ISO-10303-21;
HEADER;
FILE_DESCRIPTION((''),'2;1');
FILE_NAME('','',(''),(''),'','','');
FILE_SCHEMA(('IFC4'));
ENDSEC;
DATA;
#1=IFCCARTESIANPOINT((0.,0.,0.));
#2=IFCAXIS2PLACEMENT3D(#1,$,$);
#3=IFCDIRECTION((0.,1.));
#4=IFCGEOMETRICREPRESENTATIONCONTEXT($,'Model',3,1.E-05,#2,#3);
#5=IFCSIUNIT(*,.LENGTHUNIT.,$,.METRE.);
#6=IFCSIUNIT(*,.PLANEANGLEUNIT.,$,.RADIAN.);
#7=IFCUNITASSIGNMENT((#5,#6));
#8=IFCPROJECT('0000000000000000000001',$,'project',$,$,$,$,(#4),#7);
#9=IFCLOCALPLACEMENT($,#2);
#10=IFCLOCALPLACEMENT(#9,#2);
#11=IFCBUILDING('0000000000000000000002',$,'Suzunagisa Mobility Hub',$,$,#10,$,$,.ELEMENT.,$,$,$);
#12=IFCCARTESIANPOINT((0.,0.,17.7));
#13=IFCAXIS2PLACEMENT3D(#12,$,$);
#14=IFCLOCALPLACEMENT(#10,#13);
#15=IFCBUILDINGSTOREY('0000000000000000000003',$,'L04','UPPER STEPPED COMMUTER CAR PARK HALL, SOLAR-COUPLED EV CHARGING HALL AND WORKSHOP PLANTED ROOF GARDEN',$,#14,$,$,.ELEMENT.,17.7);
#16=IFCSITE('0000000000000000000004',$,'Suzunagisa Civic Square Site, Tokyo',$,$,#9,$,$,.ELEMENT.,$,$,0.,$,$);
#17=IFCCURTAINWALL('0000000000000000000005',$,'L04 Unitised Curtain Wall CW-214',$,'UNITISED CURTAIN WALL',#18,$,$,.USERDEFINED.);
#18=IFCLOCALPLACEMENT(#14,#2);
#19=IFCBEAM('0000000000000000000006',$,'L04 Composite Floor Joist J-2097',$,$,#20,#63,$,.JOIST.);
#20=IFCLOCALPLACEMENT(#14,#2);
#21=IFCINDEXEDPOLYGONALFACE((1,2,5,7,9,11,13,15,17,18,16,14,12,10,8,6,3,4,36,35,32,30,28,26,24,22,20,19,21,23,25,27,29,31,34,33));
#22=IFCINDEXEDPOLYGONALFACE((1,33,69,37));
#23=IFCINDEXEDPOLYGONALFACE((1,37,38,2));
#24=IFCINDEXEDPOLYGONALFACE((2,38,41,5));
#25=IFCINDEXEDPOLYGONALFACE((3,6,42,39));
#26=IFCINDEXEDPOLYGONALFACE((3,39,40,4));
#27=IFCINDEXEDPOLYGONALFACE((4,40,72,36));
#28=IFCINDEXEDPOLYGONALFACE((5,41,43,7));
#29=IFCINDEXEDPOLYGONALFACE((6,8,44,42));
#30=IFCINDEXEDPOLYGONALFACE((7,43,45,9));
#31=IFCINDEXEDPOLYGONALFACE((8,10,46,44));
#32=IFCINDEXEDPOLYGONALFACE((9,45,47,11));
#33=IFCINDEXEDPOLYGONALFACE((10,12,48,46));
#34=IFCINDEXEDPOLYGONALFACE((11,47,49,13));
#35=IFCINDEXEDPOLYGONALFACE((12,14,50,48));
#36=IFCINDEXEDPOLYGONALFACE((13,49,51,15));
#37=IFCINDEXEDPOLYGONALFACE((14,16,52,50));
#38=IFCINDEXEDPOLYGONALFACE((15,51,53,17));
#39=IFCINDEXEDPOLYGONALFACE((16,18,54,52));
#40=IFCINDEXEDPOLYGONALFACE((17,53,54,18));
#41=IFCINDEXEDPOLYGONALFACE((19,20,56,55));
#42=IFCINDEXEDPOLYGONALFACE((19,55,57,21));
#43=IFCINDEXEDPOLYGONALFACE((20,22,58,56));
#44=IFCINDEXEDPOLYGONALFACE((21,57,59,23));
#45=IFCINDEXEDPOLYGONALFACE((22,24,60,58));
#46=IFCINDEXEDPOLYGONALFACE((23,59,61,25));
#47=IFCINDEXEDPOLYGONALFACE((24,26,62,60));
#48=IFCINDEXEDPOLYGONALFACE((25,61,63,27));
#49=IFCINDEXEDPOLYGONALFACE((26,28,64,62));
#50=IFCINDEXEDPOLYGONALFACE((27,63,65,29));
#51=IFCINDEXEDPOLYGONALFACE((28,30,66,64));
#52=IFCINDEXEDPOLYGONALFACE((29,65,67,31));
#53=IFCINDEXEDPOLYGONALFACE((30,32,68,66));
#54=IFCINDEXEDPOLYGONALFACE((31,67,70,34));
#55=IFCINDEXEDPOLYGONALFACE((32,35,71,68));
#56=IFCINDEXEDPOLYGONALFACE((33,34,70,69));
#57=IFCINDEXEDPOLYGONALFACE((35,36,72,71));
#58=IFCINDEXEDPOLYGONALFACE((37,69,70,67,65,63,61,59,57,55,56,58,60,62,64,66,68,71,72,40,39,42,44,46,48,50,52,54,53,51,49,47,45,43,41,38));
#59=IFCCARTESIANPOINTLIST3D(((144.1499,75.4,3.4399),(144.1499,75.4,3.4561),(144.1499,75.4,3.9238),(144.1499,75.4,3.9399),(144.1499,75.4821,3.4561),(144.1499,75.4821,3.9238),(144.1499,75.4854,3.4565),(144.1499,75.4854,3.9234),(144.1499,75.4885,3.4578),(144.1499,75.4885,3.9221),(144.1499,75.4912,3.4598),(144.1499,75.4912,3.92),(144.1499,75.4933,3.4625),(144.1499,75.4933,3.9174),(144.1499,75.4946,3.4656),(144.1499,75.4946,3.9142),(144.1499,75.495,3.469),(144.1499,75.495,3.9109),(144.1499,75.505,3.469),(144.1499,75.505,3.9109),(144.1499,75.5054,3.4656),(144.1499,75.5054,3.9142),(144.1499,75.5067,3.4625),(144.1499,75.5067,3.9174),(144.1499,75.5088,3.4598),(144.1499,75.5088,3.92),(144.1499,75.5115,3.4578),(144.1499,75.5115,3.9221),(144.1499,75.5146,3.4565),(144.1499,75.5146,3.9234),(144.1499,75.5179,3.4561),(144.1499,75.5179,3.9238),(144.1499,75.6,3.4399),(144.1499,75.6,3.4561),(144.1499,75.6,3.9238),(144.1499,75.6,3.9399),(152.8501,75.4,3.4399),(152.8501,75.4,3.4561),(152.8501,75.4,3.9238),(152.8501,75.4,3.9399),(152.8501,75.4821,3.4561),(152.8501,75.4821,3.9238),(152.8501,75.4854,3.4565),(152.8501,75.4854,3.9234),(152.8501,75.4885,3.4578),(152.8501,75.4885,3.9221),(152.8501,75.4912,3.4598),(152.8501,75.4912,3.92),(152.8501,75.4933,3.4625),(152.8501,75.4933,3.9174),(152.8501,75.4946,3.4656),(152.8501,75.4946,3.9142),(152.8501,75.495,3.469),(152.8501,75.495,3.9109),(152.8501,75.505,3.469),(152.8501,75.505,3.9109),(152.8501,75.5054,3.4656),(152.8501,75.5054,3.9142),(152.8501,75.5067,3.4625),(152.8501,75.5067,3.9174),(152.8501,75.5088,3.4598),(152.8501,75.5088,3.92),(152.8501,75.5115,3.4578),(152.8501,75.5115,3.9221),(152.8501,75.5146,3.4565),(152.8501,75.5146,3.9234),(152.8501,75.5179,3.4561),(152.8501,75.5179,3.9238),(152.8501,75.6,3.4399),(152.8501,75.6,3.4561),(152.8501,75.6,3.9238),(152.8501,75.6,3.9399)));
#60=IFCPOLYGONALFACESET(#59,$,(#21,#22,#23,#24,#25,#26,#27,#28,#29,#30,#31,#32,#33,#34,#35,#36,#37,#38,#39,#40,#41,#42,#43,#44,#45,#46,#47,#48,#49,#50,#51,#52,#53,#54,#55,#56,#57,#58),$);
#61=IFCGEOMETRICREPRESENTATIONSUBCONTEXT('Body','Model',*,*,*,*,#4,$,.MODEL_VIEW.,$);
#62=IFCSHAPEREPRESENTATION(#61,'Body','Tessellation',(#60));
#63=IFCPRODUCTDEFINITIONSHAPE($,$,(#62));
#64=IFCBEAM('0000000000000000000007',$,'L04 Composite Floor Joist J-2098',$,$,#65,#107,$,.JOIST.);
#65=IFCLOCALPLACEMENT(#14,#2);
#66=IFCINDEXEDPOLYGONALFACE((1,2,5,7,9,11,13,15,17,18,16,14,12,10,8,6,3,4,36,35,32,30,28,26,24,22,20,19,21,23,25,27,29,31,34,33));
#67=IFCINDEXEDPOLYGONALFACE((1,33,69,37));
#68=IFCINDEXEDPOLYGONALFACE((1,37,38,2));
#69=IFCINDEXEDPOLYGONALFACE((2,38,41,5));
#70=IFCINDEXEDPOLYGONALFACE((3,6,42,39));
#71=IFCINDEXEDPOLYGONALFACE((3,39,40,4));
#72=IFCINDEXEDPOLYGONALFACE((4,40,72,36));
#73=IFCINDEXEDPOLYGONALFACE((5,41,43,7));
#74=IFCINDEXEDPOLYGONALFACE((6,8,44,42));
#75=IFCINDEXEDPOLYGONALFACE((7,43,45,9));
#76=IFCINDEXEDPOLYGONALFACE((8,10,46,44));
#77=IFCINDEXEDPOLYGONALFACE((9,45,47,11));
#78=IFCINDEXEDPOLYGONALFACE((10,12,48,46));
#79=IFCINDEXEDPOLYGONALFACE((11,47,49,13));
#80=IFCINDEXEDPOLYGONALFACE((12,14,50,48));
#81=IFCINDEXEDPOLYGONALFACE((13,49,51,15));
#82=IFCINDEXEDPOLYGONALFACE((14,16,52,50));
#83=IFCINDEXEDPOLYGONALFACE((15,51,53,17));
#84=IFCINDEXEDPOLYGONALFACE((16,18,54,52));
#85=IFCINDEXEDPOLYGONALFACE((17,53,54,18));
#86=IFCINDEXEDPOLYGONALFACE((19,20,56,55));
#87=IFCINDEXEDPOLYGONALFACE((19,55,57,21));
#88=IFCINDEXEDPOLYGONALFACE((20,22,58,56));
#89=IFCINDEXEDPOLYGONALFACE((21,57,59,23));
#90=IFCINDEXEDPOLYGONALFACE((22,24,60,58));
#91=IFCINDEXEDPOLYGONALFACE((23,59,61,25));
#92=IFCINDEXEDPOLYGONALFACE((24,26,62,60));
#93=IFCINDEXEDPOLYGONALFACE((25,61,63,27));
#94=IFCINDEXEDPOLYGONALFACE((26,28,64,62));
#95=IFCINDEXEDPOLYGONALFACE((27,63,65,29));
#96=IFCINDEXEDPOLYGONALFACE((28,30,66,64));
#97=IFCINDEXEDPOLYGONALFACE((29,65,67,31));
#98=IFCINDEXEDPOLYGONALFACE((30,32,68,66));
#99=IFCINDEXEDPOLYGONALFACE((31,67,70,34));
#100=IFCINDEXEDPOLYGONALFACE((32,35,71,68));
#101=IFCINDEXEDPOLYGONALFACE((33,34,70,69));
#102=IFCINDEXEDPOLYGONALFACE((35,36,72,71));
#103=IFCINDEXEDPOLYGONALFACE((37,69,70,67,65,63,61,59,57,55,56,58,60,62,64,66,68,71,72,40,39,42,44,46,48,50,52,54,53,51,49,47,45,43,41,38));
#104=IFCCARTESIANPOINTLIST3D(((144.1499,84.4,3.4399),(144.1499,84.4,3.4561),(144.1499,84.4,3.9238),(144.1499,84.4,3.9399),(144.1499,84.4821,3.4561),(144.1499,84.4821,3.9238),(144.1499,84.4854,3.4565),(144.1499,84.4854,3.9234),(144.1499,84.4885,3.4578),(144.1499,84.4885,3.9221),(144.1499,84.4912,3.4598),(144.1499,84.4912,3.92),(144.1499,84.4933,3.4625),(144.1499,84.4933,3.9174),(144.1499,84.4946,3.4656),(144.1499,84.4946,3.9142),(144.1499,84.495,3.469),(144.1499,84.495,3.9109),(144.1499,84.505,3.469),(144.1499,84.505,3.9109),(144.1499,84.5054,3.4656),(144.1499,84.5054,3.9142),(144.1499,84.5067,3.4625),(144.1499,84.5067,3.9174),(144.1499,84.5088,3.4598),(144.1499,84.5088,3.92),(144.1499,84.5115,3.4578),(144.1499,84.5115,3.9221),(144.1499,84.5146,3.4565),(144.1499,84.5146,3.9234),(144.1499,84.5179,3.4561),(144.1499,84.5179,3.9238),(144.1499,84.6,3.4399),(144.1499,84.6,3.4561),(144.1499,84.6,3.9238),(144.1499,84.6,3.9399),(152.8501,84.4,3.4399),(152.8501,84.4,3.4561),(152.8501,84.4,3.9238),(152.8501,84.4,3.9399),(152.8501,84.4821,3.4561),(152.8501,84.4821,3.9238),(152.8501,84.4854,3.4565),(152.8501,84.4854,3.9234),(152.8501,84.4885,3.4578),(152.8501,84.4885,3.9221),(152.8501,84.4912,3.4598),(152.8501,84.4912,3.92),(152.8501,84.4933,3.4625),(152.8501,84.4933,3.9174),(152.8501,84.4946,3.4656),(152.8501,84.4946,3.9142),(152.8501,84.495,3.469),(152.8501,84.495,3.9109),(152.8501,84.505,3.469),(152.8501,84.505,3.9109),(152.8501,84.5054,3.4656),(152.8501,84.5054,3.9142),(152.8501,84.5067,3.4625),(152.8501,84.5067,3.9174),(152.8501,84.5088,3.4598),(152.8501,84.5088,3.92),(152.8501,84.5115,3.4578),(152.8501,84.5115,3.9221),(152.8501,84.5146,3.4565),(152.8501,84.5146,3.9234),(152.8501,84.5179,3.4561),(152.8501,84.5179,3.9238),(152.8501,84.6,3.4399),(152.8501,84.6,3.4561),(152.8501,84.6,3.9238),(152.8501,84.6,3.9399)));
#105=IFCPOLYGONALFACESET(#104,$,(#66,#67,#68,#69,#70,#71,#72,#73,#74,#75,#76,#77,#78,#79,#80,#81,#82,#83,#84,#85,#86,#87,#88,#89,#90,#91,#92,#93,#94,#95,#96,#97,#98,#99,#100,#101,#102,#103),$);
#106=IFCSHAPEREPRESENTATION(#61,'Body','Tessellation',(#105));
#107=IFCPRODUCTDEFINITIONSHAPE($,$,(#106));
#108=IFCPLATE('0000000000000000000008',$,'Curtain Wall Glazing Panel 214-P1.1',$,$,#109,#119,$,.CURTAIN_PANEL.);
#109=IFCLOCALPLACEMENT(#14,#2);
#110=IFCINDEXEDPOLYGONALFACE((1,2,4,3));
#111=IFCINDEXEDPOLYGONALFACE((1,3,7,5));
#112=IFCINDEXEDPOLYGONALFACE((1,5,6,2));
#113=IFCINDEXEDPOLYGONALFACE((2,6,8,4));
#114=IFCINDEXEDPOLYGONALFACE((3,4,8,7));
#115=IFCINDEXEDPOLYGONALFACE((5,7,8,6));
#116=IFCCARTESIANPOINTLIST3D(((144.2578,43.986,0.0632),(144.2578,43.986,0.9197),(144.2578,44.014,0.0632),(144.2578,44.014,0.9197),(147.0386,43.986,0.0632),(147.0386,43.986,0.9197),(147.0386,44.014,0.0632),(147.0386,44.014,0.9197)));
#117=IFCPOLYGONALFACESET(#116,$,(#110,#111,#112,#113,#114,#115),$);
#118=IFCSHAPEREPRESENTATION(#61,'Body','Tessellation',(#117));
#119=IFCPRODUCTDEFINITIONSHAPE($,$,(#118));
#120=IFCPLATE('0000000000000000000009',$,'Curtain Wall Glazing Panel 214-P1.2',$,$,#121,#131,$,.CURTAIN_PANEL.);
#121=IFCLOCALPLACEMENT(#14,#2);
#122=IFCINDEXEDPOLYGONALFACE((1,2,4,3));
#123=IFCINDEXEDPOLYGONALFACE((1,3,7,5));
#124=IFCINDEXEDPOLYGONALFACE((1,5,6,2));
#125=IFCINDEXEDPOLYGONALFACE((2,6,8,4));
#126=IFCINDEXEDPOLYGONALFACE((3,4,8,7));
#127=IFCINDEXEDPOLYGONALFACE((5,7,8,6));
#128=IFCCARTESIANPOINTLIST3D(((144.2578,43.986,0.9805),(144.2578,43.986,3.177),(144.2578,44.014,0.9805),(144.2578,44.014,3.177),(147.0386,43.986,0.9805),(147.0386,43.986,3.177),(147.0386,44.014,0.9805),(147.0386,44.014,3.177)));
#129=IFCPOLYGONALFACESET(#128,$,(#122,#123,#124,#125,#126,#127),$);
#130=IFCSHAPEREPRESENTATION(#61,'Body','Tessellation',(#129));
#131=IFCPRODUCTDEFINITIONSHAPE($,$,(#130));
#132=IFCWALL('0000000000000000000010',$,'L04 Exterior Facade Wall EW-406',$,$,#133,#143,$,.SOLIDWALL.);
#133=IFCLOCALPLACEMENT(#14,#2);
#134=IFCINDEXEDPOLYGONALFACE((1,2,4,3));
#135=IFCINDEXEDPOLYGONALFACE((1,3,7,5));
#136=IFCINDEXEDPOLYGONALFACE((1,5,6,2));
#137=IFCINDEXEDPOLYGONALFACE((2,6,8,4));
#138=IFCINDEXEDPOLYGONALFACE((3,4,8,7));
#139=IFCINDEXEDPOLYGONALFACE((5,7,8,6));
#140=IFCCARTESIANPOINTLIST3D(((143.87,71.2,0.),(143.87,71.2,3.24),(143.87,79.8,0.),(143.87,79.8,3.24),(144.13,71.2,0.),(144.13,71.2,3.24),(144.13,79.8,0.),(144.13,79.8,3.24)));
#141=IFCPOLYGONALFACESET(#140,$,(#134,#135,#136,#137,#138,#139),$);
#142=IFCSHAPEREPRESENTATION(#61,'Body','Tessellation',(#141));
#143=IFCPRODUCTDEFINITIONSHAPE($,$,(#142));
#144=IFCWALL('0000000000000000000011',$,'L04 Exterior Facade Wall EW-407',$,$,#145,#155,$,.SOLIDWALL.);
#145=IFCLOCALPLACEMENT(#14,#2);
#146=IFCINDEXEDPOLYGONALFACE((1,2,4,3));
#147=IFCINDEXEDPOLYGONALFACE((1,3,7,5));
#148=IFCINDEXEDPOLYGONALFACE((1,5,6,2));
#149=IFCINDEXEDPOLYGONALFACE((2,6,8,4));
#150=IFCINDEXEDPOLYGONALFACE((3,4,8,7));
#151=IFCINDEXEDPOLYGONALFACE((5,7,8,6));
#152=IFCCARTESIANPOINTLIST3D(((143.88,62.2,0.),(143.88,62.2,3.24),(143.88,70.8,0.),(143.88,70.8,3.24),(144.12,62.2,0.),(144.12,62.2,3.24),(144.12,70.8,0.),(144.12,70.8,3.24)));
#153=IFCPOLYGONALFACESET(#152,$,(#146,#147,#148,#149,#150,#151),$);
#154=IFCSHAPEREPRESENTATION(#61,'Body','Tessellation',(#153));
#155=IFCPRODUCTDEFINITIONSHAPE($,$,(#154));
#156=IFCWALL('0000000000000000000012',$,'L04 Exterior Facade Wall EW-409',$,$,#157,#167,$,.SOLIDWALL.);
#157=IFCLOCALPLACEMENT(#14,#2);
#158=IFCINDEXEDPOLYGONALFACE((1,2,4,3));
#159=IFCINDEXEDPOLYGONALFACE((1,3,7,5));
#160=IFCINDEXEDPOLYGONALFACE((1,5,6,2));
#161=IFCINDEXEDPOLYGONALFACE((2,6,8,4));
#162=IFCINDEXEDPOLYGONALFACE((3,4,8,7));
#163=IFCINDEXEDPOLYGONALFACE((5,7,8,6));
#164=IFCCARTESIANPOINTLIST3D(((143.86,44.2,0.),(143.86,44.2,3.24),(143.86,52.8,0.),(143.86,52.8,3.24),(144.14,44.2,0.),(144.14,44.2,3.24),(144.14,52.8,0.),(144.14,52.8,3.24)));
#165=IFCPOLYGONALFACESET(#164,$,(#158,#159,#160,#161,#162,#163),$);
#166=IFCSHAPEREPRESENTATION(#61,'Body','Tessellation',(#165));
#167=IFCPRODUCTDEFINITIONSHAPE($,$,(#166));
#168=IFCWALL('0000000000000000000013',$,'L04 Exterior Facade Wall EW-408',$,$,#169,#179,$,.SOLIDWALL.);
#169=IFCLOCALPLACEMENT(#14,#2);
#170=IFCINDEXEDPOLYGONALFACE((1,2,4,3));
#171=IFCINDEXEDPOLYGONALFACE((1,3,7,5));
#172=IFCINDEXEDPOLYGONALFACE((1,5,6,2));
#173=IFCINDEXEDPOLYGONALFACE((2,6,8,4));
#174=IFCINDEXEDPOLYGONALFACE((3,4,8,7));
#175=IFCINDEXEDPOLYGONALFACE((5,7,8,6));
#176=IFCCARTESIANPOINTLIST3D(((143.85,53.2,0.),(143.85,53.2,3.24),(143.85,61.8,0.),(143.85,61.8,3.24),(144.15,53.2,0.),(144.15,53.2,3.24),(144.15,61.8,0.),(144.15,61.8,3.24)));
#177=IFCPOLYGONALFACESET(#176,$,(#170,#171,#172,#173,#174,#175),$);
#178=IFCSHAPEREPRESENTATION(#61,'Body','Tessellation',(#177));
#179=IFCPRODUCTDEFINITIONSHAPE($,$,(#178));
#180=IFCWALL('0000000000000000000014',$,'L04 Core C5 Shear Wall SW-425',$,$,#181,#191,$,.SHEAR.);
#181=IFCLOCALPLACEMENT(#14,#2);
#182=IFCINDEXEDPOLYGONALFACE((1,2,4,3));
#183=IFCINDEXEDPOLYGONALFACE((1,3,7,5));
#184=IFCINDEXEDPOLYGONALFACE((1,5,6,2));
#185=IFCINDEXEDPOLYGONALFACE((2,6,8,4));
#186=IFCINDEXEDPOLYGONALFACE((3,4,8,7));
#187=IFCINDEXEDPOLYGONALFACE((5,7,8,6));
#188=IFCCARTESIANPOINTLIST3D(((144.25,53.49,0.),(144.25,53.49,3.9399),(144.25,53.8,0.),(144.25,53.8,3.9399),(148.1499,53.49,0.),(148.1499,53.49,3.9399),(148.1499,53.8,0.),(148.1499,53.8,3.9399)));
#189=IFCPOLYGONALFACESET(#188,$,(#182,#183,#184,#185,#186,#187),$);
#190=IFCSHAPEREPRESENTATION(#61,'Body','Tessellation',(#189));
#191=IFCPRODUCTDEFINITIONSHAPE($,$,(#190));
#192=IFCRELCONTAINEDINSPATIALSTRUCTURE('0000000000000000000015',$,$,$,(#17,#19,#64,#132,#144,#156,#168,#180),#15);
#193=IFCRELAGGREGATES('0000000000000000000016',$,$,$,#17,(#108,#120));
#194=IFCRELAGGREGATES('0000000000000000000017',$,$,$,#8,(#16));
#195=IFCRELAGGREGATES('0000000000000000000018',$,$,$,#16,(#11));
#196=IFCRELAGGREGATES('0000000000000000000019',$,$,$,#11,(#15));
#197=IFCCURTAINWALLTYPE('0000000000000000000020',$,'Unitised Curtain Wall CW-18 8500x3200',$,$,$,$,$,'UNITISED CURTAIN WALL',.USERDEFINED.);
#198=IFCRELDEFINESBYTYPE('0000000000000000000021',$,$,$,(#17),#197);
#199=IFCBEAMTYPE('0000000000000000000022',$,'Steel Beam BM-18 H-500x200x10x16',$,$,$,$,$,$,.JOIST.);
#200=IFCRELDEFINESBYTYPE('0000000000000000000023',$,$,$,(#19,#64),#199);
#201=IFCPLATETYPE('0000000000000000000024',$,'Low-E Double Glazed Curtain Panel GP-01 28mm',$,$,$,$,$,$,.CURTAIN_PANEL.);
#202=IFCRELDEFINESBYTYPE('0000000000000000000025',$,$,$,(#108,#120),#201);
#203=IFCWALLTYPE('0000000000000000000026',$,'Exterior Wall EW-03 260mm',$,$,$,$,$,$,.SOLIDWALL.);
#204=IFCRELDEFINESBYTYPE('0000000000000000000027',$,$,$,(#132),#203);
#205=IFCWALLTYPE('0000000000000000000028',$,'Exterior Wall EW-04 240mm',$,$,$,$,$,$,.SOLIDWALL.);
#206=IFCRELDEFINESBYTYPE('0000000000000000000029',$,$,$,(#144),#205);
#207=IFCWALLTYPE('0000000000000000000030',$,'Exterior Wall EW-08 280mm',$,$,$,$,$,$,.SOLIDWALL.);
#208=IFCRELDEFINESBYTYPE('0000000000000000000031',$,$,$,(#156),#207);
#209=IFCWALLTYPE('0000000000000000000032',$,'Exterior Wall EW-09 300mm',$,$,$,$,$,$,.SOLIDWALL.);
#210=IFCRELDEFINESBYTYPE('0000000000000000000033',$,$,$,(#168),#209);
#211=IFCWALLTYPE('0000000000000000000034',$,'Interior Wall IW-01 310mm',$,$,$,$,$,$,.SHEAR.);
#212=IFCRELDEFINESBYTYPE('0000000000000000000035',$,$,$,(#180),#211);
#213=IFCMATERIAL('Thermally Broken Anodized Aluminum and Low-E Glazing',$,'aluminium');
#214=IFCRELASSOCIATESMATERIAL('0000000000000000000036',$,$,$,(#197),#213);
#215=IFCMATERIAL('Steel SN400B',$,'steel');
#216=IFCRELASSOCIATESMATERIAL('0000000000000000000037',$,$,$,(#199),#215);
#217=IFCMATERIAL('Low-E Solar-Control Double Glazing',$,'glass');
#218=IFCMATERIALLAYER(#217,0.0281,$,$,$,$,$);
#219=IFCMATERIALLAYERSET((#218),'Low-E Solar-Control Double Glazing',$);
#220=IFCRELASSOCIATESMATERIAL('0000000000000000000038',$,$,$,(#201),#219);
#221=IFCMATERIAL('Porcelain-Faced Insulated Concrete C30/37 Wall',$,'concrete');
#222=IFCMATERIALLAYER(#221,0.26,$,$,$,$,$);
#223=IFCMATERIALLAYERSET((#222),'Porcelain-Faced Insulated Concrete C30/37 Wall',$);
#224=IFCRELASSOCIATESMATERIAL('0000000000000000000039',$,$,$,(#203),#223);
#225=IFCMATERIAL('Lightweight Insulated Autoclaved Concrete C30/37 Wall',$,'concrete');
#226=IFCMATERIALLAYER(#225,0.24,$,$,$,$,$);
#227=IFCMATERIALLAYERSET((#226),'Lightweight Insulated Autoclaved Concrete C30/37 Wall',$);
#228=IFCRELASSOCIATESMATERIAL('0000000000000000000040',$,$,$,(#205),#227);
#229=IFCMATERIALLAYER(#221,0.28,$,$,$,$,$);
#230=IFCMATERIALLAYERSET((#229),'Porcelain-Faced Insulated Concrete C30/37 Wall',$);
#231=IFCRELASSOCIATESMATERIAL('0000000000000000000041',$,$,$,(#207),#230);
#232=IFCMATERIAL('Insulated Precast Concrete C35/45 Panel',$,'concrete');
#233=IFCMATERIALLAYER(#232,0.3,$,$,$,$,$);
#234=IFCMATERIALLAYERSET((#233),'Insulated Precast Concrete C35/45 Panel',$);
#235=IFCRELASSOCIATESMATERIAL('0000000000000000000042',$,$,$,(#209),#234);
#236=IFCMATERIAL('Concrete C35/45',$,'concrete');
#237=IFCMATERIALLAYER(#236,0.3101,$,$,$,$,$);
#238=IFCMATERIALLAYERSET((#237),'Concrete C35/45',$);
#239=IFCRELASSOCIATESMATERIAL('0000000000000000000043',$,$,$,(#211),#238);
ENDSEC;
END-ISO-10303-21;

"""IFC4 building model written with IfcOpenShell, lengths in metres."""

from ifc_helpers import new_model, si_unit, direction, frame, frame_2d, origin, origin_2d, place, context, subcontext, project, spatial, rectangle, i_section, extrude, material, layer, layer_set, material_profile, profile_set, type_object, element, aggregate, save


model = new_model("IFC4")

# Units and contexts
model_context = context("Model", 3, precision=1e-05, world=origin(), true_north=direction((0.0, 1.0)))
body_context = subcontext(model_context, "Body", "Model", "MODEL_VIEW")
ifc_project = project(units=[si_unit("LENGTHUNIT", "METRE"), si_unit("PLANEANGLEUNIT", "RADIAN")], contexts=[model_context])

# Site, building, storey
site_placement = place(None, origin())
site = spatial("IfcSite", under=ifc_project, at=site_placement, Name="Suzunagisa Civic Square Site, Tokyo", CompositionType="ELEMENT", RefElevation=0.0)
building_placement = place(site_placement, origin())
building = spatial("IfcBuilding", under=site, at=building_placement, Name="Suzunagisa Mobility Hub", CompositionType="ELEMENT")
storey_placement = place(building_placement, frame((0.0, 0.0, 17.7)))
storey = spatial("IfcBuildingStorey", under=building, at=storey_placement, Name="L04", Description="UPPER STEPPED COMMUTER CAR PARK HALL, SOLAR-COUPLED EV CHARGING HALL AND WORKSHOP PLANTED ROOF GARDEN", CompositionType="ELEMENT", Elevation=17.7)

# Curtain wall
ifc_material_1 = material(Name="Thermally Broken Anodized Aluminum and Low-E Glazing", Category="aluminium")
curtain_wall_type = type_object("IfcCurtainWallType", Name="Unitised Curtain Wall CW-18 8500x3200", ElementType="UNITISED CURTAIN WALL", PredefinedType="USERDEFINED", material=ifc_material_1)
curtain_wall_placement = place(storey_placement, origin())
curtain_wall = element("IfcCurtainWall", 1, at=curtain_wall_placement, inside=storey, type_object=curtain_wall_type, Name="L04 Unitised Curtain Wall CW-214", ObjectType="UNITISED CURTAIN WALL", PredefinedType="USERDEFINED")

# Beams
ifc_material_2 = material(Name="Steel SN400B", Category="steel")
ifc_material_profile_1 = material_profile(ifc_material_2, i_section(OverallWidth=0.2, OverallDepth=0.5, WebThickness=0.01, FlangeThickness=0.0161, FilletRadius=0.0129, at=origin_2d()), Name="H-500x200x10x16")
ifc_profile_set_1 = profile_set([ifc_material_profile_1], Name="Steel SN400B")
beam_type_1 = type_object("IfcBeamType", Name="Steel Beam BM-18 H-500x200x10x16", PredefinedType="JOIST", material=ifc_profile_set_1)
for number, where, z_axis, x_axis, name in (
    (2, (144.1499, 75.5, 3.6899), (1.0, 0.0, 0.0), (0.0, 1.0, 0.0), "L04 Composite Floor Joist J-2097"),
    (3, (144.1499, 84.5, 3.6899), (1.0, 0.0, 0.0), (0.0, 1.0, 0.0), "L04 Composite Floor Joist J-2098"),
):
    element("IfcBeam", number, at=place(storey_placement, frame(where, z_axis=z_axis, x_axis=x_axis)), inside=storey, type_object=beam_type_1, Name=name, PredefinedType="JOIST", context=body_context, shape_type="SweptSolid", body=[
        extrude(i_section(OverallWidth=0.2, OverallDepth=0.5, WebThickness=0.01, FlangeThickness=0.0161, FilletRadius=0.0129, at=origin_2d()), origin(), (0.0, 0.0, 1.0), 8.7002),
    ])

# Plates
ifc_material_3 = material(Name="Low-E Solar-Control Double Glazing", Category="glass")
ifc_layer_1 = layer(ifc_material_3, 0.0281)
ifc_layer_set_1 = layer_set([ifc_layer_1], Name="Low-E Solar-Control Double Glazing")
plate_type = type_object("IfcPlateType", Name="Low-E Double Glazed Curtain Panel GP-01 28mm", PredefinedType="CURTAIN_PANEL", material=ifc_layer_set_1)
plate_1_placement = place(storey_placement, frame((145.6482, 44.0, 0.0632), z_axis=(0.0, 0.0, 1.0), x_axis=(1.0, 0.0, 0.0)))
plate_1 = element("IfcPlate", 4, at=plate_1_placement, type_object=plate_type, Name="Curtain Wall Glazing Panel 214-P1.1", PredefinedType="CURTAIN_PANEL", context=body_context, shape_type="SweptSolid", body=[
    extrude(rectangle(XDim=2.7808, YDim=0.0281, at=origin_2d()), origin(), (0.0, 0.0, 1.0), 0.8564),
])
plate_2_placement = place(storey_placement, frame((145.6482, 44.0, 0.9805), z_axis=(0.0, 0.0, 1.0), x_axis=(1.0, 0.0, 0.0)))
plate_2 = element("IfcPlate", 5, at=plate_2_placement, type_object=plate_type, Name="Curtain Wall Glazing Panel 214-P1.2", PredefinedType="CURTAIN_PANEL", context=body_context, shape_type="SweptSolid", body=[
    extrude(rectangle(XDim=2.7808, YDim=0.0281, at=origin_2d()), origin(), (0.0, 0.0, 1.0), 2.1965),
])
aggregate(curtain_wall, [plate_1, plate_2])

# Walls
ifc_material_4 = material(Name="Porcelain-Faced Insulated Concrete C30/37 Wall", Category="concrete")
ifc_layer_2 = layer(ifc_material_4, 0.26)
ifc_layer_set_2 = layer_set([ifc_layer_2], Name="Porcelain-Faced Insulated Concrete C30/37 Wall")
wall_type_1 = type_object("IfcWallType", Name="Exterior Wall EW-03 260mm", PredefinedType="SOLIDWALL", material=ifc_layer_set_2)
wall_1_placement = place(storey_placement, frame((144.0, 79.8, 0.0), z_axis=(0.0, 0.0, 1.0), x_axis=(0.0, -1.0, 0.0)))
element("IfcWall", 6, at=wall_1_placement, inside=storey, type_object=wall_type_1, Name="L04 Exterior Facade Wall EW-406", PredefinedType="SOLIDWALL", context=body_context, shape_type="SweptSolid", body=[
    extrude(rectangle(XDim=8.6001, YDim=0.26, at=frame_2d((4.3, 0.0))), origin(), (0.0, 0.0, 1.0), 3.24),
])
ifc_material_5 = material(Name="Lightweight Insulated Autoclaved Concrete C30/37 Wall", Category="concrete")
ifc_layer_3 = layer(ifc_material_5, 0.24)
ifc_layer_set_3 = layer_set([ifc_layer_3], Name="Lightweight Insulated Autoclaved Concrete C30/37 Wall")
wall_type_2 = type_object("IfcWallType", Name="Exterior Wall EW-04 240mm", PredefinedType="SOLIDWALL", material=ifc_layer_set_3)
wall_2_placement = place(storey_placement, frame((144.0, 70.8, 0.0), z_axis=(0.0, 0.0, 1.0), x_axis=(0.0, -1.0, 0.0)))
element("IfcWall", 7, at=wall_2_placement, inside=storey, type_object=wall_type_2, Name="L04 Exterior Facade Wall EW-407", PredefinedType="SOLIDWALL", context=body_context, shape_type="SweptSolid", body=[
    extrude(rectangle(XDim=8.6001, YDim=0.24, at=frame_2d((4.3, 0.0))), origin(), (0.0, 0.0, 1.0), 3.24),
])
ifc_layer_4 = layer(ifc_material_4, 0.28)
ifc_layer_set_4 = layer_set([ifc_layer_4], Name="Porcelain-Faced Insulated Concrete C30/37 Wall")
wall_type_3 = type_object("IfcWallType", Name="Exterior Wall EW-08 280mm", PredefinedType="SOLIDWALL", material=ifc_layer_set_4)
wall_3_placement = place(storey_placement, frame((144.0, 52.8, 0.0), z_axis=(0.0, 0.0, 1.0), x_axis=(0.0, -1.0, 0.0)))
element("IfcWall", 8, at=wall_3_placement, inside=storey, type_object=wall_type_3, Name="L04 Exterior Facade Wall EW-409", PredefinedType="SOLIDWALL", context=body_context, shape_type="SweptSolid", body=[
    extrude(rectangle(XDim=8.6001, YDim=0.28, at=frame_2d((4.3, 0.0))), origin(), (0.0, 0.0, 1.0), 3.24),
])
ifc_material_6 = material(Name="Insulated Precast Concrete C35/45 Panel", Category="concrete")
ifc_layer_5 = layer(ifc_material_6, 0.3)
ifc_layer_set_5 = layer_set([ifc_layer_5], Name="Insulated Precast Concrete C35/45 Panel")
wall_type_4 = type_object("IfcWallType", Name="Exterior Wall EW-09 300mm", PredefinedType="SOLIDWALL", material=ifc_layer_set_5)
wall_4_placement = place(storey_placement, frame((144.0, 61.8, 0.0), z_axis=(0.0, 0.0, 1.0), x_axis=(0.0, -1.0, 0.0)))
element("IfcWall", 9, at=wall_4_placement, inside=storey, type_object=wall_type_4, Name="L04 Exterior Facade Wall EW-408", PredefinedType="SOLIDWALL", context=body_context, shape_type="SweptSolid", body=[
    extrude(rectangle(XDim=8.6001, YDim=0.3, at=frame_2d((4.3, 0.0))), origin(), (0.0, 0.0, 1.0), 3.24),
])
ifc_material_7 = material(Name="Concrete C35/45", Category="concrete")
ifc_layer_6 = layer(ifc_material_7, 0.3101)
ifc_layer_set_6 = layer_set([ifc_layer_6], Name="Concrete C35/45")
wall_type_5 = type_object("IfcWallType", Name="Interior Wall IW-01 310mm", PredefinedType="SHEAR", material=ifc_layer_set_6)
for number, where, z_axis, x_axis, name in (
    (10, (144.25, 53.645, 0.0), (0.0, 0.0, 1.0), (1.0, 0.0, 0.0), "L04 Core C5 Shear Wall SW-425"),
):
    element("IfcWall", number, at=place(storey_placement, frame(where, z_axis=z_axis, x_axis=x_axis)), inside=storey, type_object=wall_type_5, Name=name, PredefinedType="SHEAR", context=body_context, shape_type="SweptSolid", body=[
        extrude(rectangle(XDim=3.8999, YDim=0.3101, at=frame_2d((1.95, 0.0))), origin(), (0.0, 0.0, 1.0), 3.9399),
    ])

save(model, "model.ifc")
